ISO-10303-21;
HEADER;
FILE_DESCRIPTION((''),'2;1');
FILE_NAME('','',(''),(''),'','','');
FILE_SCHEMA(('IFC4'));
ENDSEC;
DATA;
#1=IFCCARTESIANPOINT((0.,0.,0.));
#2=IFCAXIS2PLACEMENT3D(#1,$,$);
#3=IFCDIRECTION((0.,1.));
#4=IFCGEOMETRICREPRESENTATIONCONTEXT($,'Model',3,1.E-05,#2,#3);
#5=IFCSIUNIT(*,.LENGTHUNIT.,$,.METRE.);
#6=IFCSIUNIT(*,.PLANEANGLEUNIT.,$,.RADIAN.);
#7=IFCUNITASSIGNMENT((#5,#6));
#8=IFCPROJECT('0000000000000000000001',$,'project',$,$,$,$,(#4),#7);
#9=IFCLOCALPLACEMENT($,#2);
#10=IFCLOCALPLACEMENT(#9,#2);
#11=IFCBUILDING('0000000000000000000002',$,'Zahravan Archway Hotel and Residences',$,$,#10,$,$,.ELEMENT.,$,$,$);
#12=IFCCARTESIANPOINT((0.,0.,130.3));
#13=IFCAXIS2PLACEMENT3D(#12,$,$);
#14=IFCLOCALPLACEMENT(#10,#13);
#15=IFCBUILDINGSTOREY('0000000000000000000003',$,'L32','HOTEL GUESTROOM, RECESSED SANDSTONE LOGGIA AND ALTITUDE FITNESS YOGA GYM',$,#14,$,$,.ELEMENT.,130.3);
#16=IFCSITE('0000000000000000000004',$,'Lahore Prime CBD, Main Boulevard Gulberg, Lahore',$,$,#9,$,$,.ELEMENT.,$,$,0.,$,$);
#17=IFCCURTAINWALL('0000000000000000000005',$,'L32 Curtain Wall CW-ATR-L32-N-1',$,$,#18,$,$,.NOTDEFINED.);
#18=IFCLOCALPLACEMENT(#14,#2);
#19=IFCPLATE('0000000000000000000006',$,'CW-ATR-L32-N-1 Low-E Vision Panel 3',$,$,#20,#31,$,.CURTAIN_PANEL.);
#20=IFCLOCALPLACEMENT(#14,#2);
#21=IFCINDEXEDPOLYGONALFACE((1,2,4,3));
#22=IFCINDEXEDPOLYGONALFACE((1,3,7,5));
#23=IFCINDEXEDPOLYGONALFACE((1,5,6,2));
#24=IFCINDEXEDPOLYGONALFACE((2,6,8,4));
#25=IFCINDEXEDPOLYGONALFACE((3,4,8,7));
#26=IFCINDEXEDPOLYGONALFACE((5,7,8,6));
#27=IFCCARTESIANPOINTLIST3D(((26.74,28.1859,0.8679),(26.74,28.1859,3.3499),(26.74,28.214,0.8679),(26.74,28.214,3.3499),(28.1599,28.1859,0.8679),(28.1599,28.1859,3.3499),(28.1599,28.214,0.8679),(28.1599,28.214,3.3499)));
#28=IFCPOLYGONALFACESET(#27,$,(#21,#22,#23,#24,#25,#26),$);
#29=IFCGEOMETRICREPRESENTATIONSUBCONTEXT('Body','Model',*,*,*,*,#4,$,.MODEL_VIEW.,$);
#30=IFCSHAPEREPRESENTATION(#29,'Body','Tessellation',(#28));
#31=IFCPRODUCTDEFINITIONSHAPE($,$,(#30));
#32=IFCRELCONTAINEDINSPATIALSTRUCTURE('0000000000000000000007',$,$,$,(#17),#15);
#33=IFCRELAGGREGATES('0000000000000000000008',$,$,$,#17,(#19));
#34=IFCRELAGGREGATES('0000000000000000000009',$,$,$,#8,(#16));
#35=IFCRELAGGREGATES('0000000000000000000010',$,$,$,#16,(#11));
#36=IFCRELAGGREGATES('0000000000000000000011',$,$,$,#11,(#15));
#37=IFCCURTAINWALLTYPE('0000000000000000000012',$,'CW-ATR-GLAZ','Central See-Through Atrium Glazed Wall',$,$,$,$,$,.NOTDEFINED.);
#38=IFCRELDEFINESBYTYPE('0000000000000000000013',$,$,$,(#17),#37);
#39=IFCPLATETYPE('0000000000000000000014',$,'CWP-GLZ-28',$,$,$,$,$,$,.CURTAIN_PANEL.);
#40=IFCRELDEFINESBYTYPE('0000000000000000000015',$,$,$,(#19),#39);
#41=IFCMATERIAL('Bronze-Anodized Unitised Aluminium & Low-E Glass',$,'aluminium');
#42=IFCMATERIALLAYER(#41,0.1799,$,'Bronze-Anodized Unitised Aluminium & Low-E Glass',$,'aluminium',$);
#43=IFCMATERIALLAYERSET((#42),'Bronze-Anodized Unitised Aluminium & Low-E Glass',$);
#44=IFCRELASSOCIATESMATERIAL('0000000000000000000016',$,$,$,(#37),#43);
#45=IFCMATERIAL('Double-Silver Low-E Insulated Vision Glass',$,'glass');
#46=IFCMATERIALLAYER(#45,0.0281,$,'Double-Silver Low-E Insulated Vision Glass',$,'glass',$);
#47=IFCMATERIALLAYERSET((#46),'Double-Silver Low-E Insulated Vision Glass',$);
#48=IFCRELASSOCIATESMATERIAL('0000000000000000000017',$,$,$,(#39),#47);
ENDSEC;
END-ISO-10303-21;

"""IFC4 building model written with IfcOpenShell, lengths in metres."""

from ifc_helpers import new_model, si_unit, direction, frame, origin, origin_2d, place, context, subcontext, project, spatial, rectangle, extrude, source, transform, mapped, material, layer, layer_set, type_object, element, aggregate, save


model = new_model("IFC4")

# Units and contexts
model_context = context("Model", 3, precision=1e-05, world=origin(), true_north=direction((0.0, 1.0)))
body_context = subcontext(model_context, "Body", "Model", "MODEL_VIEW")
ifc_project = project(units=[si_unit("LENGTHUNIT", "METRE"), si_unit("PLANEANGLEUNIT", "RADIAN")], contexts=[model_context])

# Site, building, storey
site_placement = place(None, origin())
site = spatial("IfcSite", under=ifc_project, at=site_placement, Name="Lahore Prime CBD, Main Boulevard Gulberg, Lahore", CompositionType="ELEMENT", RefElevation=0.0)
building_placement = place(site_placement, origin())
building = spatial("IfcBuilding", under=site, at=building_placement, Name="Zahravan Archway Hotel and Residences", CompositionType="ELEMENT")
storey_placement = place(building_placement, frame((0.0, 0.0, 130.3)))
storey = spatial("IfcBuildingStorey", under=building, at=storey_placement, Name="L32", Description="HOTEL GUESTROOM, RECESSED SANDSTONE LOGGIA AND ALTITUDE FITNESS YOGA GYM", CompositionType="ELEMENT", Elevation=130.3)

# Curtain wall
ifc_material_1 = material(Name="Bronze-Anodized Unitised Aluminium & Low-E Glass", Category="aluminium")
ifc_layer_1 = layer(ifc_material_1, 0.1799, Name="Bronze-Anodized Unitised Aluminium & Low-E Glass", Category="aluminium")
ifc_layer_set_1 = layer_set([ifc_layer_1], Name="Bronze-Anodized Unitised Aluminium & Low-E Glass")
curtain_wall_type = type_object("IfcCurtainWallType", Name="CW-ATR-GLAZ", Description="Central See-Through Atrium Glazed Wall", PredefinedType="NOTDEFINED", material=ifc_layer_set_1)
curtain_wall_1_placement = place(storey_placement, origin())
curtain_wall_1 = element("IfcCurtainWall", 1, at=curtain_wall_1_placement, inside=storey, type_object=curtain_wall_type, Name="L32 Curtain Wall CW-ATR-L32-N-1", PredefinedType="NOTDEFINED")

# Plate
ifc_material_2 = material(Name="Double-Silver Low-E Insulated Vision Glass", Category="glass")
ifc_layer_2 = layer(ifc_material_2, 0.0281, Name="Double-Silver Low-E Insulated Vision Glass", Category="glass")
ifc_layer_set_2 = layer_set([ifc_layer_2], Name="Double-Silver Low-E Insulated Vision Glass")
plate_type_1 = type_object("IfcPlateType", Name="CWP-GLZ-28", PredefinedType="CURTAIN_PANEL", material=ifc_layer_set_2)
shared_shape_1 = source(origin(), body_context, "Body", "SweptSolid", [
    extrude(rectangle(XDim=1.4199, YDim=0.0281, at=origin_2d()), origin(), (0.0, 0.0, 1.0), 2.4819),
])
plate_1_placement = place(storey_placement, frame((27.45, 28.2, 0.8679), z_axis=(0.0, 0.0, 1.0), x_axis=(1.0, 0.0, 0.0)))
plate_1 = element("IfcPlate", 2, at=plate_1_placement, type_object=plate_type_1, Name="CW-ATR-L32-N-1 Low-E Vision Panel 3", PredefinedType="CURTAIN_PANEL", context=body_context, shape_type="MappedRepresentation", body=[
    mapped(shared_shape_1, transform((0.0, 0.0, 0.0), scale=1.0)),
])
aggregate(curtain_wall_1, [plate_1])

save(model, "model.ifc")
